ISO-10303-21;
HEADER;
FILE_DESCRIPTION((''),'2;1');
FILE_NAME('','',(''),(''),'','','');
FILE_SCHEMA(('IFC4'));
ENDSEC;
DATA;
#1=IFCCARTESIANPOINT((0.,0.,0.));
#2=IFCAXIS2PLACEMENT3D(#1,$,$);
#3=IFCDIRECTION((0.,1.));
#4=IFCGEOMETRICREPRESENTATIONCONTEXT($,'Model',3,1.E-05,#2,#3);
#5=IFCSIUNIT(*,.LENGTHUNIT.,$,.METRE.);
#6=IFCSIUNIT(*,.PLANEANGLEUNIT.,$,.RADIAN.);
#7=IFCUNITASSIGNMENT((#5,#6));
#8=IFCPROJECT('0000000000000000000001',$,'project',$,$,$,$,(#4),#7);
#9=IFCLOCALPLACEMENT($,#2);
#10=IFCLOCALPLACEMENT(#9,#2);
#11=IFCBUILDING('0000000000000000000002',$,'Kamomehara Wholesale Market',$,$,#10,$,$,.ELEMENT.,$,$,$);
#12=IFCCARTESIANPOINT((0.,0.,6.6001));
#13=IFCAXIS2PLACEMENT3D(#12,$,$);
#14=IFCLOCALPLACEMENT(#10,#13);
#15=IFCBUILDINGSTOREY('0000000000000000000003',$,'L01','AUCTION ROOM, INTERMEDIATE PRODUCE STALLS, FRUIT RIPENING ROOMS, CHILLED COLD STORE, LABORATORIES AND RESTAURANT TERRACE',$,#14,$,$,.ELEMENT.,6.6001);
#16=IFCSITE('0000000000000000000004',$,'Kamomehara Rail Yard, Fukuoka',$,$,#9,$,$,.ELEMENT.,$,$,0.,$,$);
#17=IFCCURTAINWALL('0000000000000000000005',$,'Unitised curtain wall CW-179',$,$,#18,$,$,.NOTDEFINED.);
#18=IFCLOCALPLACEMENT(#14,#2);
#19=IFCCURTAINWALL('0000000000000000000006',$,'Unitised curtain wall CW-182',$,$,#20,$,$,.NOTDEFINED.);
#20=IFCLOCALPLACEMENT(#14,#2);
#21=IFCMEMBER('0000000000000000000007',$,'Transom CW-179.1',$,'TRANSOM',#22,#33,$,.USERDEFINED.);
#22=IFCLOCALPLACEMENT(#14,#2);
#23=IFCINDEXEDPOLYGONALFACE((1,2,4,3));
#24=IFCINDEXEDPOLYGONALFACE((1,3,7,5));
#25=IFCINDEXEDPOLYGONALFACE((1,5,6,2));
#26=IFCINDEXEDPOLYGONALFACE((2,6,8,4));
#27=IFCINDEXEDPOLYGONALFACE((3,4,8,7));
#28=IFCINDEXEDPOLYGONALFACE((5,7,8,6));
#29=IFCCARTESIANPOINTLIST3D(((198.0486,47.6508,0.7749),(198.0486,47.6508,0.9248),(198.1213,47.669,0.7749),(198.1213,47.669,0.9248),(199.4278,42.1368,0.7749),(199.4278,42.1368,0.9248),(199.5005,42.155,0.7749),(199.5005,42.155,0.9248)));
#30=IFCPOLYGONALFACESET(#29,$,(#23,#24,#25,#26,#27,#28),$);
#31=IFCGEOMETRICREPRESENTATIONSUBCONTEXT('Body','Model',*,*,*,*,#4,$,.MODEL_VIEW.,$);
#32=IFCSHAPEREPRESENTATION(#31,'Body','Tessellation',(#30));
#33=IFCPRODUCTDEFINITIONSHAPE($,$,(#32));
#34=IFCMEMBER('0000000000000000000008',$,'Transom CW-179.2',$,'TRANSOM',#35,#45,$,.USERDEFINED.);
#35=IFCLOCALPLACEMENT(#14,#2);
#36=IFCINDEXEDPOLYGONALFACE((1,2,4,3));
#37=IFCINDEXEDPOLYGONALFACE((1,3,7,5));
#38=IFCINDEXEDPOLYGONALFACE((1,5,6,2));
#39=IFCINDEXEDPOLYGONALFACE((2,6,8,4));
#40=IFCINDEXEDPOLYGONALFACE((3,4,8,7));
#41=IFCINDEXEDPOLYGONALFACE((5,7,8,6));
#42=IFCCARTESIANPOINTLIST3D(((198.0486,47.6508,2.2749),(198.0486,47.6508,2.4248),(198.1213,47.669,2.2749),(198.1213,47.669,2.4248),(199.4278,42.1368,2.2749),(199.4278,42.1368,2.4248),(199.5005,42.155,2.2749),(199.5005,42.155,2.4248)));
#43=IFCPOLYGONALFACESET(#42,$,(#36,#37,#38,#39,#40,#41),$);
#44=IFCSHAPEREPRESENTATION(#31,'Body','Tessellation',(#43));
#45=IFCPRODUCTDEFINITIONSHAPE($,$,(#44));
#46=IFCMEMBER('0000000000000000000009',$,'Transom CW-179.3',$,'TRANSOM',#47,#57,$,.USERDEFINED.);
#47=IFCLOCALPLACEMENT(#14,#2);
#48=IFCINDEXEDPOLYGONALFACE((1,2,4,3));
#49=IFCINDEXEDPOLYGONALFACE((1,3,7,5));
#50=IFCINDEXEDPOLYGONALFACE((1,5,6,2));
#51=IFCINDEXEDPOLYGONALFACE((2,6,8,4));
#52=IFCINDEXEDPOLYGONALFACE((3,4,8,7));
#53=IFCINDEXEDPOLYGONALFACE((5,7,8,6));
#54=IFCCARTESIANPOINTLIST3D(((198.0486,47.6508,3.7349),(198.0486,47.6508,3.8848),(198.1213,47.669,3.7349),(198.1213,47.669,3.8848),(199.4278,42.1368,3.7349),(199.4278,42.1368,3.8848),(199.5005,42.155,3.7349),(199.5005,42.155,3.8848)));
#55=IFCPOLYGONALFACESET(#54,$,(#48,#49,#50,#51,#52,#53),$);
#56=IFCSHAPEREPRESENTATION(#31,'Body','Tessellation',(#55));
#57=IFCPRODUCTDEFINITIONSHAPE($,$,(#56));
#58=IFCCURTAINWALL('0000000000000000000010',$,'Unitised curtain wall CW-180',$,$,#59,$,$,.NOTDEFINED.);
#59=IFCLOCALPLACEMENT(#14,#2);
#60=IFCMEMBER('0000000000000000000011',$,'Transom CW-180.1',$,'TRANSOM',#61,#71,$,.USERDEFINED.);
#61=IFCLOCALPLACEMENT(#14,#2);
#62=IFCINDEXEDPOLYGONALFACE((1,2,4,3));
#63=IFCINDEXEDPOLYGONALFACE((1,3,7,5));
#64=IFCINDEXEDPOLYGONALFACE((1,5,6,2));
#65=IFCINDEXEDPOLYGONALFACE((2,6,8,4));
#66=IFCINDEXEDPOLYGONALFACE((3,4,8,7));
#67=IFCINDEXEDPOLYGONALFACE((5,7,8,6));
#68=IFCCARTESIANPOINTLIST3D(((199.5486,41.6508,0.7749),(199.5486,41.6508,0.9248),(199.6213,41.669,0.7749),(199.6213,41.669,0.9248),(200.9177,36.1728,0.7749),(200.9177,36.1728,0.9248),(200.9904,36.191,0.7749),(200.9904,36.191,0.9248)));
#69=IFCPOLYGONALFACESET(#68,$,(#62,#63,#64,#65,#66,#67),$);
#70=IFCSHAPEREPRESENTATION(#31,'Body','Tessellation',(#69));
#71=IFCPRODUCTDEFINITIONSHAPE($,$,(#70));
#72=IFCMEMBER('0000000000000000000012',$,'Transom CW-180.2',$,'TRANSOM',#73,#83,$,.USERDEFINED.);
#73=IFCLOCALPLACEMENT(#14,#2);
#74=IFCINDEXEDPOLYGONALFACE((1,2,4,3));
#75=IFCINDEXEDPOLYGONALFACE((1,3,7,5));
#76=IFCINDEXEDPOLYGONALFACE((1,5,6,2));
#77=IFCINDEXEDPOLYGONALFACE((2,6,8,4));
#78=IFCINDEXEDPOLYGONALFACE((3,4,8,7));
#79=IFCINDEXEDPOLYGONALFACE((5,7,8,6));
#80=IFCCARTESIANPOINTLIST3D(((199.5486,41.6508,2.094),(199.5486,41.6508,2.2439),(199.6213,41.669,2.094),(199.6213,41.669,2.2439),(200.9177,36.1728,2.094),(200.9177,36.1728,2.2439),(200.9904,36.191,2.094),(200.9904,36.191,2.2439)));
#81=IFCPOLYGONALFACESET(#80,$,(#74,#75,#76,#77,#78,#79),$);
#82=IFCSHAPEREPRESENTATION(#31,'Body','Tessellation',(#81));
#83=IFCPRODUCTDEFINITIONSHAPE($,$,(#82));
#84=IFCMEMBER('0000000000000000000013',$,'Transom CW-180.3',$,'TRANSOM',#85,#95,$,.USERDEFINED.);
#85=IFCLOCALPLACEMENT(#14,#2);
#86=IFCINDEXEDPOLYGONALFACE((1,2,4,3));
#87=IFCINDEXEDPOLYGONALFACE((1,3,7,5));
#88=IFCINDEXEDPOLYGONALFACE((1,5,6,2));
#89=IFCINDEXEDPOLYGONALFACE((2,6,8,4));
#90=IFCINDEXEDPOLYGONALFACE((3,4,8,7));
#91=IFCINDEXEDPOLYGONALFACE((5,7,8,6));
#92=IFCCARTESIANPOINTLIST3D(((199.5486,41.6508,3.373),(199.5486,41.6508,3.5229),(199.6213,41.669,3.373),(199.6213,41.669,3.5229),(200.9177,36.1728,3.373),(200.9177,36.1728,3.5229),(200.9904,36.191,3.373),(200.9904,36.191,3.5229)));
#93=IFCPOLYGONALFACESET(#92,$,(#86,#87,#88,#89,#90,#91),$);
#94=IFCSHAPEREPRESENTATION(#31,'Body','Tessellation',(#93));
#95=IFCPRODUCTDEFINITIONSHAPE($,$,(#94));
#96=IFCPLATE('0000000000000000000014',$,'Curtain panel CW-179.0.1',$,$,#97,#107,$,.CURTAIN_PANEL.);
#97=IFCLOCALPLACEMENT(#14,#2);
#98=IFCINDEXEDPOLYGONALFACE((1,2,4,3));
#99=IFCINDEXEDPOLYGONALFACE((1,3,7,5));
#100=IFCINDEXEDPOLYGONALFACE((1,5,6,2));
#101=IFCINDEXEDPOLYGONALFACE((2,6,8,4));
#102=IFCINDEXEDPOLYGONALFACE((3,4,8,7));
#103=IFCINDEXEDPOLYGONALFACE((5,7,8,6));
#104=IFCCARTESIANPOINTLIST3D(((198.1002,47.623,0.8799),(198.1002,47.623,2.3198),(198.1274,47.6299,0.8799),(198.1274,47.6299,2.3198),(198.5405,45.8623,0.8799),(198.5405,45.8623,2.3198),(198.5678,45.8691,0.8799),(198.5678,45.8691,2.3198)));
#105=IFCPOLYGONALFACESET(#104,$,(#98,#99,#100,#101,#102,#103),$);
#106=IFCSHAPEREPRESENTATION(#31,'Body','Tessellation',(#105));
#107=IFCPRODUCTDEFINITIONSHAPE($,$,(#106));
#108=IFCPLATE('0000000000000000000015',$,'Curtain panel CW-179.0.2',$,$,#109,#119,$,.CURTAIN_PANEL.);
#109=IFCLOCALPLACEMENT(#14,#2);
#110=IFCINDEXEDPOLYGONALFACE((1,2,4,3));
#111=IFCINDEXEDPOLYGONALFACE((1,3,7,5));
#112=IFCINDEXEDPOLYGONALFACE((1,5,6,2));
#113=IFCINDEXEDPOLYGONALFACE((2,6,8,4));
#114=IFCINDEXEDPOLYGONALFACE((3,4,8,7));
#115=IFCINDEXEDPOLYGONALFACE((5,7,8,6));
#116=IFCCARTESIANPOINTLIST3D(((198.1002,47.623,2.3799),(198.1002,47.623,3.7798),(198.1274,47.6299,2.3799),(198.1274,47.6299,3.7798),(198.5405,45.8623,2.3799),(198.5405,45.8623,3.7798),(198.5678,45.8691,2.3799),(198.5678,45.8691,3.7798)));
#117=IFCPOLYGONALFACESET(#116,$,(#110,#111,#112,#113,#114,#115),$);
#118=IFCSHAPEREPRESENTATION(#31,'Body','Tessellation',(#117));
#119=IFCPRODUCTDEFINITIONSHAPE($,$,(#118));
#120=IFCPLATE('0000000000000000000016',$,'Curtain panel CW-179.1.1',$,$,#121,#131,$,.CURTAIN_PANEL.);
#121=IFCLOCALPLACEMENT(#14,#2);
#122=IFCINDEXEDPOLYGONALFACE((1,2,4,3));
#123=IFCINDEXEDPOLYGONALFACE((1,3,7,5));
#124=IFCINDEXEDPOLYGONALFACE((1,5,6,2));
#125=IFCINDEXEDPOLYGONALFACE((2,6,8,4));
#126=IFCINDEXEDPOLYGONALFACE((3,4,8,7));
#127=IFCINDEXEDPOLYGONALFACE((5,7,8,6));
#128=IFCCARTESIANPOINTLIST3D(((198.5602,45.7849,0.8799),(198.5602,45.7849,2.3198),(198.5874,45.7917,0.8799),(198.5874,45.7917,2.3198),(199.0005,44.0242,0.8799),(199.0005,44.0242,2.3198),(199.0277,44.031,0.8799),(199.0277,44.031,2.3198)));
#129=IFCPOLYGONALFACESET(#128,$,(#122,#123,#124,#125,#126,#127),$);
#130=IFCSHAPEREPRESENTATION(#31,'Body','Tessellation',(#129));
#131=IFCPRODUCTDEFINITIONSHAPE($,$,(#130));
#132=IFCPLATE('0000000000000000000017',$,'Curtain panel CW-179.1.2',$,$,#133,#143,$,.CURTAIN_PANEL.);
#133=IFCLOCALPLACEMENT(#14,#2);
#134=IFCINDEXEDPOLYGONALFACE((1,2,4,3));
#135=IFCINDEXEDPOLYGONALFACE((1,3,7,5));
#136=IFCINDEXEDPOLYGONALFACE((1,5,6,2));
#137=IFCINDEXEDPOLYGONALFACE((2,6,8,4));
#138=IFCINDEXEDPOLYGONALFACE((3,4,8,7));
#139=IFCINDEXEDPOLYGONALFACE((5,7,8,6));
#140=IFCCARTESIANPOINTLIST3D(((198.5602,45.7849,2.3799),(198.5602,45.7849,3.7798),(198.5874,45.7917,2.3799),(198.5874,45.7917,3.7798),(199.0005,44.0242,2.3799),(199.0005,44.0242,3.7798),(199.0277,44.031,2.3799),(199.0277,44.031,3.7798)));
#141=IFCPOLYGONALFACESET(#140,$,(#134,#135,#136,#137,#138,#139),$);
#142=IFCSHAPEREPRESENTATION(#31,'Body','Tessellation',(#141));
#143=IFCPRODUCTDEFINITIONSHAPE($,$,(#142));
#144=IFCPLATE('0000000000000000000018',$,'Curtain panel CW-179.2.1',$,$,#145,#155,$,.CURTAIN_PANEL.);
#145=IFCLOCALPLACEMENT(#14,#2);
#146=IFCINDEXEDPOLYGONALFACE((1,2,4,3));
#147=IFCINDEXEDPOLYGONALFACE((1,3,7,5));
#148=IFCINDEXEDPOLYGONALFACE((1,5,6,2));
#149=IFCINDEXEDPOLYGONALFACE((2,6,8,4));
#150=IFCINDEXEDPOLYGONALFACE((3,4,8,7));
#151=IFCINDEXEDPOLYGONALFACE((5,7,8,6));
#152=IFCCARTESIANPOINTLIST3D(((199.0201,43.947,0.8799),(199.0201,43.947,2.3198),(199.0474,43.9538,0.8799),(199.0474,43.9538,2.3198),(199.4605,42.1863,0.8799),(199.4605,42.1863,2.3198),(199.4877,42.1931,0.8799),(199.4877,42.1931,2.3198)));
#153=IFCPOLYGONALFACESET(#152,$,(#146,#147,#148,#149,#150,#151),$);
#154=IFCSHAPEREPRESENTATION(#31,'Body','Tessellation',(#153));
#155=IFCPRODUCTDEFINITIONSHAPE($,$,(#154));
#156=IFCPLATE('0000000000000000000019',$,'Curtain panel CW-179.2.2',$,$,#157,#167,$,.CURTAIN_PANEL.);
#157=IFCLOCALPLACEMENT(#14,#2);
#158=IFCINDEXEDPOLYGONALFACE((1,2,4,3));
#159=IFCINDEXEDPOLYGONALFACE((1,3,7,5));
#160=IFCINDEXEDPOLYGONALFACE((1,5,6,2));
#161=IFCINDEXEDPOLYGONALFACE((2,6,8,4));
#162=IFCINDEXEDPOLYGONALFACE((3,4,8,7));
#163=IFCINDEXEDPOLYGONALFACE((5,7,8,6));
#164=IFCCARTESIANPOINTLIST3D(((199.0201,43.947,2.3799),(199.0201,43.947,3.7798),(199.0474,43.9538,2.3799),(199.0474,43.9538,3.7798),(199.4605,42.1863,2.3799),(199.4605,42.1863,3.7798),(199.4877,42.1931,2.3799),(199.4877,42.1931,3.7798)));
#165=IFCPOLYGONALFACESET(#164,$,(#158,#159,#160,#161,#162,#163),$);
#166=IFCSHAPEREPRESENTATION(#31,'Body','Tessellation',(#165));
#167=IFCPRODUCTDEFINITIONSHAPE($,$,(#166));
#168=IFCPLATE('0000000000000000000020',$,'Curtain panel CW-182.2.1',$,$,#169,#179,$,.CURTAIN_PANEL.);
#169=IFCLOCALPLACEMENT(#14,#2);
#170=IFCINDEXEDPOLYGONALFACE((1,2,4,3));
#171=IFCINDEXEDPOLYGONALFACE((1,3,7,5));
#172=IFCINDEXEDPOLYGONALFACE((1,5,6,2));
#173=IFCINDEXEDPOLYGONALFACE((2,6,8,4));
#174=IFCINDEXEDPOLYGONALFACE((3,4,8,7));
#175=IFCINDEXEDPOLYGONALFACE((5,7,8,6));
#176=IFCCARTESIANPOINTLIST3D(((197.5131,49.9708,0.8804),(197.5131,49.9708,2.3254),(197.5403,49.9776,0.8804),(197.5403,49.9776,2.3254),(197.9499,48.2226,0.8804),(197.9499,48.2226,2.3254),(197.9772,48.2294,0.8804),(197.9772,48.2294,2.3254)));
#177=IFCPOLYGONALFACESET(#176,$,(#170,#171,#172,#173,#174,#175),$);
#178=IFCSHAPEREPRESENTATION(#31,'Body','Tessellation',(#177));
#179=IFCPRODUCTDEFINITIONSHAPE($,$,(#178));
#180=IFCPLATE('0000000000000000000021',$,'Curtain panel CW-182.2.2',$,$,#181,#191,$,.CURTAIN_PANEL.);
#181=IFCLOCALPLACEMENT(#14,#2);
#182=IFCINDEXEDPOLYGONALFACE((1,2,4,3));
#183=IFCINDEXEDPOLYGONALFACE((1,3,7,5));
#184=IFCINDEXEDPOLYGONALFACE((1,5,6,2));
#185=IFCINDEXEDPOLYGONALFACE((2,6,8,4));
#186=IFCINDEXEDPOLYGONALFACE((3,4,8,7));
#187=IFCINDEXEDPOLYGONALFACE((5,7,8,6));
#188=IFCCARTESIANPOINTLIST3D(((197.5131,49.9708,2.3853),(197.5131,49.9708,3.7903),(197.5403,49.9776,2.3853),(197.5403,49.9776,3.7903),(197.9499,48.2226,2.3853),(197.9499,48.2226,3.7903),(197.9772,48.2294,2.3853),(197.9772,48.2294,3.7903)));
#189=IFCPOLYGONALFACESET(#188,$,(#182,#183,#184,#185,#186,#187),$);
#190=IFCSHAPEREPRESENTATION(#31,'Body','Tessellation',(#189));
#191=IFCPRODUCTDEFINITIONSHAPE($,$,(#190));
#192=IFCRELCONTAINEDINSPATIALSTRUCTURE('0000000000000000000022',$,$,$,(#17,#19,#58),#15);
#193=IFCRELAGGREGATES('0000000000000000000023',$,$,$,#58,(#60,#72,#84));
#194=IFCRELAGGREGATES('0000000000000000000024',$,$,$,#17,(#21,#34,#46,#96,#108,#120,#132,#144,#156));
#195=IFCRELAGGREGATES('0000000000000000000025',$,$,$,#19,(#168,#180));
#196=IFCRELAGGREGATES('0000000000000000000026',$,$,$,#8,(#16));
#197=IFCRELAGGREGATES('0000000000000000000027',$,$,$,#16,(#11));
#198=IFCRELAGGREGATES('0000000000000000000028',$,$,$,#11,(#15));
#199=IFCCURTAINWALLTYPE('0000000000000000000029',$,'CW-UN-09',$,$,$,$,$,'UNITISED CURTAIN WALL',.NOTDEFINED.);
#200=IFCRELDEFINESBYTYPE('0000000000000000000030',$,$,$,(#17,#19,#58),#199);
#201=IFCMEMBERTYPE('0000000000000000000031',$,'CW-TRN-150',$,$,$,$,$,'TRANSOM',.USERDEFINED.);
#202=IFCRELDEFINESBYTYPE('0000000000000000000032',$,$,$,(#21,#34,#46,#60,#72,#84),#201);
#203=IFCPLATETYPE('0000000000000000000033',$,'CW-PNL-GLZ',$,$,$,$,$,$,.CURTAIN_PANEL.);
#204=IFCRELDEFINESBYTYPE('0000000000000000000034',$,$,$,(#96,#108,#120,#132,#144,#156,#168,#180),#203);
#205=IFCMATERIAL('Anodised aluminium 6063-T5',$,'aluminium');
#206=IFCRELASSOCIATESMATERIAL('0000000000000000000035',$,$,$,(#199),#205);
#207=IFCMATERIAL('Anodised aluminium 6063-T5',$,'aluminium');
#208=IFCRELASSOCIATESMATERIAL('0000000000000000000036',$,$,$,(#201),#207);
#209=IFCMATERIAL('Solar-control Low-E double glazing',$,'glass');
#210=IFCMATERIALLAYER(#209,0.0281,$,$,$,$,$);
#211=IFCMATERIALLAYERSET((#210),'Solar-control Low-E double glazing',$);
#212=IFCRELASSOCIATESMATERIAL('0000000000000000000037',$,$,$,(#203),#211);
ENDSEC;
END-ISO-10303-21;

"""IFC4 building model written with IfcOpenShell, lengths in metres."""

from ifc_helpers import new_model, si_unit, direction, frame, origin, origin_2d, place, context, subcontext, project, spatial, rectangle, extrude, material, layer, layer_set, material_profile, profile_set, type_object, element, aggregate, save


model = new_model("IFC4")

# Units and contexts
model_context = context("Model", 3, precision=1e-05, world=origin(), true_north=direction((0.0, 1.0)))
body_context = subcontext(model_context, "Body", "Model", "MODEL_VIEW")
ifc_project = project(units=[si_unit("LENGTHUNIT", "METRE"), si_unit("PLANEANGLEUNIT", "RADIAN")], contexts=[model_context])

# Site, building, storey
site_placement = place(None, origin())
site = spatial("IfcSite", under=ifc_project, at=site_placement, Name="Kamomehara Rail Yard, Fukuoka", CompositionType="ELEMENT", RefElevation=0.0)
building_placement = place(site_placement, origin())
building = spatial("IfcBuilding", under=site, at=building_placement, Name="Kamomehara Wholesale Market", CompositionType="ELEMENT")
storey_placement = place(building_placement, frame((0.0, 0.0, 6.6001)))
storey = spatial("IfcBuildingStorey", under=building, at=storey_placement, Name="L01", Description="AUCTION ROOM, INTERMEDIATE PRODUCE STALLS, FRUIT RIPENING ROOMS, CHILLED COLD STORE, LABORATORIES AND RESTAURANT TERRACE", CompositionType="ELEMENT", Elevation=6.6001)

# Curtain wall
ifc_material_1 = material(Name="Anodised aluminium 6063-T5", Category="aluminium")
curtain_wall_type = type_object("IfcCurtainWallType", Name="CW-UN-09", ElementType="UNITISED CURTAIN WALL", PredefinedType="NOTDEFINED", material=ifc_material_1)
curtain_wall_1_placement = place(storey_placement, origin())
curtain_wall_1 = element("IfcCurtainWall", 1, at=curtain_wall_1_placement, inside=storey, type_object=curtain_wall_type, Name="Unitised curtain wall CW-179", PredefinedType="NOTDEFINED")

# Curtain wall
curtain_wall_2_placement = place(storey_placement, origin())
curtain_wall_2 = element("IfcCurtainWall", 2, at=curtain_wall_2_placement, inside=storey, type_object=curtain_wall_type, Name="Unitised curtain wall CW-182", PredefinedType="NOTDEFINED")

# Members
ifc_material_2 = material(Name="Anodised aluminium 6063-T5", Category="aluminium")
ifc_material_profile_1 = material_profile(ifc_material_2, rectangle(XDim=0.075, YDim=0.1499, at=origin_2d()), Name="ALU-TRN-75x150")
ifc_profile_set_1 = profile_set([ifc_material_profile_1], Name="Anodised aluminium 6063-T5")
member_type_1 = type_object("IfcMemberType", Name="CW-TRN-150", ElementType="TRANSOM", PredefinedType="USERDEFINED", material=ifc_profile_set_1)
member_1_placement = place(storey_placement, frame((198.085, 47.6599, 0.8499), z_axis=(0.242647, -0.970115, 0.0), x_axis=(0.970115, 0.242647, 0.0)))
member_1 = element("IfcMember", 3, at=member_1_placement, type_object=member_type_1, Name="Transom CW-179.1", ObjectType="TRANSOM", PredefinedType="USERDEFINED", context=body_context, shape_type="SweptSolid", body=[
    extrude(rectangle(XDim=0.075, YDim=0.1499, at=origin_2d()), origin(), (0.0, 0.0, 1.0), 5.6838),
])
member_2_placement = place(storey_placement, frame((198.085, 47.6599, 2.3499), z_axis=(0.242647, -0.970115, 0.0), x_axis=(0.970115, 0.242647, 0.0)))
member_2 = element("IfcMember", 4, at=member_2_placement, type_object=member_type_1, Name="Transom CW-179.2", ObjectType="TRANSOM", PredefinedType="USERDEFINED", context=body_context, shape_type="SweptSolid", body=[
    extrude(rectangle(XDim=0.075, YDim=0.1499, at=origin_2d()), origin(), (0.0, 0.0, 1.0), 5.6838),
])
member_3_placement = place(storey_placement, frame((198.085, 47.6599, 3.8098), z_axis=(0.242647, -0.970115, 0.0), x_axis=(0.970115, 0.242647, 0.0)))
member_3 = element("IfcMember", 5, at=member_3_placement, type_object=member_type_1, Name="Transom CW-179.3", ObjectType="TRANSOM", PredefinedType="USERDEFINED", context=body_context, shape_type="SweptSolid", body=[
    extrude(rectangle(XDim=0.075, YDim=0.1499, at=origin_2d()), origin(), (0.0, 0.0, 1.0), 5.6838),
])

# Curtain wall, members
curtain_wall_3_placement = place(storey_placement, origin())
curtain_wall_3 = element("IfcCurtainWall", 6, at=curtain_wall_3_placement, inside=storey, type_object=curtain_wall_type, Name="Unitised curtain wall CW-180", PredefinedType="NOTDEFINED")
member_4_placement = place(storey_placement, frame((199.585, 41.6599, 0.8499), z_axis=(0.242475, -0.970158, 0.0), x_axis=(0.970158, 0.242475, 0.0)))
member_4 = element("IfcMember", 7, at=member_4_placement, type_object=member_type_1, Name="Transom CW-180.1", ObjectType="TRANSOM", PredefinedType="USERDEFINED", context=body_context, shape_type="SweptSolid", body=[
    extrude(rectangle(XDim=0.075, YDim=0.1499, at=origin_2d()), origin(), (0.0, 0.0, 1.0), 5.6465),
])
member_5_placement = place(storey_placement, frame((199.585, 41.6599, 2.1689), z_axis=(0.242475, -0.970158, 0.0), x_axis=(0.970158, 0.242475, 0.0)))
member_5 = element("IfcMember", 8, at=member_5_placement, type_object=member_type_1, Name="Transom CW-180.2", ObjectType="TRANSOM", PredefinedType="USERDEFINED", context=body_context, shape_type="SweptSolid", body=[
    extrude(rectangle(XDim=0.075, YDim=0.1499, at=origin_2d()), origin(), (0.0, 0.0, 1.0), 5.6465),
])
member_6_placement = place(storey_placement, frame((199.585, 41.6599, 3.448), z_axis=(0.242475, -0.970158, 0.0), x_axis=(0.970158, 0.242475, 0.0)))
member_6 = element("IfcMember", 9, at=member_6_placement, type_object=member_type_1, Name="Transom CW-180.3", ObjectType="TRANSOM", PredefinedType="USERDEFINED", context=body_context, shape_type="SweptSolid", body=[
    extrude(rectangle(XDim=0.075, YDim=0.1499, at=origin_2d()), origin(), (0.0, 0.0, 1.0), 5.6465),
])
aggregate(curtain_wall_3, [member_4, member_5, member_6])

# Plates
ifc_material_3 = material(Name="Solar-control Low-E double glazing", Category="glass")
ifc_layer_1 = layer(ifc_material_3, 0.0281)
ifc_layer_set_1 = layer_set([ifc_layer_1], Name="Solar-control Low-E double glazing")
plate_type_1 = type_object("IfcPlateType", Name="CW-PNL-GLZ", PredefinedType="CURTAIN_PANEL", material=ifc_layer_set_1)
plate_1_placement = place(storey_placement, frame((198.334, 46.7461, 0.8799), z_axis=(0.0, 0.0, 1.0), x_axis=(0.242616, -0.970122, 0.0)))
plate_1 = element("IfcPlate", 10, at=plate_1_placement, type_object=plate_type_1, Name="Curtain panel CW-179.0.1", PredefinedType="CURTAIN_PANEL", context=body_context, shape_type="SweptSolid", body=[
    extrude(rectangle(XDim=1.8149, YDim=0.0281, at=origin_2d()), origin(), (0.0, 0.0, 1.0), 1.4399),
])
plate_2_placement = place(storey_placement, frame((198.334, 46.7461, 2.3799), z_axis=(0.0, 0.0, 1.0), x_axis=(0.242616, -0.970122, 0.0)))
plate_2 = element("IfcPlate", 11, at=plate_2_placement, type_object=plate_type_1, Name="Curtain panel CW-179.0.2", PredefinedType="CURTAIN_PANEL", context=body_context, shape_type="SweptSolid", body=[
    extrude(rectangle(XDim=1.8149, YDim=0.0281, at=origin_2d()), origin(), (0.0, 0.0, 1.0), 1.3999),
])
plate_3_placement = place(storey_placement, frame((198.7939, 44.908, 0.8799), z_axis=(0.0, 0.0, 1.0), x_axis=(0.242616, -0.970122, 0.0)))
plate_3 = element("IfcPlate", 12, at=plate_3_placement, type_object=plate_type_1, Name="Curtain panel CW-179.1.1", PredefinedType="CURTAIN_PANEL", context=body_context, shape_type="SweptSolid", body=[
    extrude(rectangle(XDim=1.8149, YDim=0.0281, at=origin_2d()), origin(), (0.0, 0.0, 1.0), 1.4399),
])
plate_4_placement = place(storey_placement, frame((198.7939, 44.908, 2.3799), z_axis=(0.0, 0.0, 1.0), x_axis=(0.242616, -0.970122, 0.0)))
plate_4 = element("IfcPlate", 13, at=plate_4_placement, type_object=plate_type_1, Name="Curtain panel CW-179.1.2", PredefinedType="CURTAIN_PANEL", context=body_context, shape_type="SweptSolid", body=[
    extrude(rectangle(XDim=1.8149, YDim=0.0281, at=origin_2d()), origin(), (0.0, 0.0, 1.0), 1.3999),
])
plate_5_placement = place(storey_placement, frame((199.2539, 43.0701, 0.8799), z_axis=(0.0, 0.0, 1.0), x_axis=(0.242616, -0.970122, 0.0)))
plate_5 = element("IfcPlate", 14, at=plate_5_placement, type_object=plate_type_1, Name="Curtain panel CW-179.2.1", PredefinedType="CURTAIN_PANEL", context=body_context, shape_type="SweptSolid", body=[
    extrude(rectangle(XDim=1.8149, YDim=0.0281, at=origin_2d()), origin(), (0.0, 0.0, 1.0), 1.4399),
])
plate_6_placement = place(storey_placement, frame((199.2539, 43.0701, 2.3799), z_axis=(0.0, 0.0, 1.0), x_axis=(0.242616, -0.970122, 0.0)))
plate_6 = element("IfcPlate", 15, at=plate_6_placement, type_object=plate_type_1, Name="Curtain panel CW-179.2.2", PredefinedType="CURTAIN_PANEL", context=body_context, shape_type="SweptSolid", body=[
    extrude(rectangle(XDim=1.8149, YDim=0.0281, at=origin_2d()), origin(), (0.0, 0.0, 1.0), 1.3999),
])
plate_7_placement = place(storey_placement, frame((197.7451, 49.1001, 0.8804), z_axis=(0.0, 0.0, 1.0), x_axis=(0.242447, -0.970165, 0.0)))
plate_7 = element("IfcPlate", 16, at=plate_7_placement, type_object=plate_type_1, Name="Curtain panel CW-182.2.1", PredefinedType="CURTAIN_PANEL", context=body_context, shape_type="SweptSolid", body=[
    extrude(rectangle(XDim=1.802, YDim=0.0281, at=origin_2d()), origin(), (0.0, 0.0, 1.0), 1.4451),
])
plate_8_placement = place(storey_placement, frame((197.7451, 49.1001, 2.3853), z_axis=(0.0, 0.0, 1.0), x_axis=(0.242447, -0.970165, 0.0)))
plate_8 = element("IfcPlate", 17, at=plate_8_placement, type_object=plate_type_1, Name="Curtain panel CW-182.2.2", PredefinedType="CURTAIN_PANEL", context=body_context, shape_type="SweptSolid", body=[
    extrude(rectangle(XDim=1.802, YDim=0.0281, at=origin_2d()), origin(), (0.0, 0.0, 1.0), 1.405),
])
aggregate(curtain_wall_1, [member_1, member_2, member_3, plate_1, plate_2, plate_3, plate_4, plate_5, plate_6])
aggregate(curtain_wall_2, [plate_7, plate_8])

save(model, "model.ifc")
